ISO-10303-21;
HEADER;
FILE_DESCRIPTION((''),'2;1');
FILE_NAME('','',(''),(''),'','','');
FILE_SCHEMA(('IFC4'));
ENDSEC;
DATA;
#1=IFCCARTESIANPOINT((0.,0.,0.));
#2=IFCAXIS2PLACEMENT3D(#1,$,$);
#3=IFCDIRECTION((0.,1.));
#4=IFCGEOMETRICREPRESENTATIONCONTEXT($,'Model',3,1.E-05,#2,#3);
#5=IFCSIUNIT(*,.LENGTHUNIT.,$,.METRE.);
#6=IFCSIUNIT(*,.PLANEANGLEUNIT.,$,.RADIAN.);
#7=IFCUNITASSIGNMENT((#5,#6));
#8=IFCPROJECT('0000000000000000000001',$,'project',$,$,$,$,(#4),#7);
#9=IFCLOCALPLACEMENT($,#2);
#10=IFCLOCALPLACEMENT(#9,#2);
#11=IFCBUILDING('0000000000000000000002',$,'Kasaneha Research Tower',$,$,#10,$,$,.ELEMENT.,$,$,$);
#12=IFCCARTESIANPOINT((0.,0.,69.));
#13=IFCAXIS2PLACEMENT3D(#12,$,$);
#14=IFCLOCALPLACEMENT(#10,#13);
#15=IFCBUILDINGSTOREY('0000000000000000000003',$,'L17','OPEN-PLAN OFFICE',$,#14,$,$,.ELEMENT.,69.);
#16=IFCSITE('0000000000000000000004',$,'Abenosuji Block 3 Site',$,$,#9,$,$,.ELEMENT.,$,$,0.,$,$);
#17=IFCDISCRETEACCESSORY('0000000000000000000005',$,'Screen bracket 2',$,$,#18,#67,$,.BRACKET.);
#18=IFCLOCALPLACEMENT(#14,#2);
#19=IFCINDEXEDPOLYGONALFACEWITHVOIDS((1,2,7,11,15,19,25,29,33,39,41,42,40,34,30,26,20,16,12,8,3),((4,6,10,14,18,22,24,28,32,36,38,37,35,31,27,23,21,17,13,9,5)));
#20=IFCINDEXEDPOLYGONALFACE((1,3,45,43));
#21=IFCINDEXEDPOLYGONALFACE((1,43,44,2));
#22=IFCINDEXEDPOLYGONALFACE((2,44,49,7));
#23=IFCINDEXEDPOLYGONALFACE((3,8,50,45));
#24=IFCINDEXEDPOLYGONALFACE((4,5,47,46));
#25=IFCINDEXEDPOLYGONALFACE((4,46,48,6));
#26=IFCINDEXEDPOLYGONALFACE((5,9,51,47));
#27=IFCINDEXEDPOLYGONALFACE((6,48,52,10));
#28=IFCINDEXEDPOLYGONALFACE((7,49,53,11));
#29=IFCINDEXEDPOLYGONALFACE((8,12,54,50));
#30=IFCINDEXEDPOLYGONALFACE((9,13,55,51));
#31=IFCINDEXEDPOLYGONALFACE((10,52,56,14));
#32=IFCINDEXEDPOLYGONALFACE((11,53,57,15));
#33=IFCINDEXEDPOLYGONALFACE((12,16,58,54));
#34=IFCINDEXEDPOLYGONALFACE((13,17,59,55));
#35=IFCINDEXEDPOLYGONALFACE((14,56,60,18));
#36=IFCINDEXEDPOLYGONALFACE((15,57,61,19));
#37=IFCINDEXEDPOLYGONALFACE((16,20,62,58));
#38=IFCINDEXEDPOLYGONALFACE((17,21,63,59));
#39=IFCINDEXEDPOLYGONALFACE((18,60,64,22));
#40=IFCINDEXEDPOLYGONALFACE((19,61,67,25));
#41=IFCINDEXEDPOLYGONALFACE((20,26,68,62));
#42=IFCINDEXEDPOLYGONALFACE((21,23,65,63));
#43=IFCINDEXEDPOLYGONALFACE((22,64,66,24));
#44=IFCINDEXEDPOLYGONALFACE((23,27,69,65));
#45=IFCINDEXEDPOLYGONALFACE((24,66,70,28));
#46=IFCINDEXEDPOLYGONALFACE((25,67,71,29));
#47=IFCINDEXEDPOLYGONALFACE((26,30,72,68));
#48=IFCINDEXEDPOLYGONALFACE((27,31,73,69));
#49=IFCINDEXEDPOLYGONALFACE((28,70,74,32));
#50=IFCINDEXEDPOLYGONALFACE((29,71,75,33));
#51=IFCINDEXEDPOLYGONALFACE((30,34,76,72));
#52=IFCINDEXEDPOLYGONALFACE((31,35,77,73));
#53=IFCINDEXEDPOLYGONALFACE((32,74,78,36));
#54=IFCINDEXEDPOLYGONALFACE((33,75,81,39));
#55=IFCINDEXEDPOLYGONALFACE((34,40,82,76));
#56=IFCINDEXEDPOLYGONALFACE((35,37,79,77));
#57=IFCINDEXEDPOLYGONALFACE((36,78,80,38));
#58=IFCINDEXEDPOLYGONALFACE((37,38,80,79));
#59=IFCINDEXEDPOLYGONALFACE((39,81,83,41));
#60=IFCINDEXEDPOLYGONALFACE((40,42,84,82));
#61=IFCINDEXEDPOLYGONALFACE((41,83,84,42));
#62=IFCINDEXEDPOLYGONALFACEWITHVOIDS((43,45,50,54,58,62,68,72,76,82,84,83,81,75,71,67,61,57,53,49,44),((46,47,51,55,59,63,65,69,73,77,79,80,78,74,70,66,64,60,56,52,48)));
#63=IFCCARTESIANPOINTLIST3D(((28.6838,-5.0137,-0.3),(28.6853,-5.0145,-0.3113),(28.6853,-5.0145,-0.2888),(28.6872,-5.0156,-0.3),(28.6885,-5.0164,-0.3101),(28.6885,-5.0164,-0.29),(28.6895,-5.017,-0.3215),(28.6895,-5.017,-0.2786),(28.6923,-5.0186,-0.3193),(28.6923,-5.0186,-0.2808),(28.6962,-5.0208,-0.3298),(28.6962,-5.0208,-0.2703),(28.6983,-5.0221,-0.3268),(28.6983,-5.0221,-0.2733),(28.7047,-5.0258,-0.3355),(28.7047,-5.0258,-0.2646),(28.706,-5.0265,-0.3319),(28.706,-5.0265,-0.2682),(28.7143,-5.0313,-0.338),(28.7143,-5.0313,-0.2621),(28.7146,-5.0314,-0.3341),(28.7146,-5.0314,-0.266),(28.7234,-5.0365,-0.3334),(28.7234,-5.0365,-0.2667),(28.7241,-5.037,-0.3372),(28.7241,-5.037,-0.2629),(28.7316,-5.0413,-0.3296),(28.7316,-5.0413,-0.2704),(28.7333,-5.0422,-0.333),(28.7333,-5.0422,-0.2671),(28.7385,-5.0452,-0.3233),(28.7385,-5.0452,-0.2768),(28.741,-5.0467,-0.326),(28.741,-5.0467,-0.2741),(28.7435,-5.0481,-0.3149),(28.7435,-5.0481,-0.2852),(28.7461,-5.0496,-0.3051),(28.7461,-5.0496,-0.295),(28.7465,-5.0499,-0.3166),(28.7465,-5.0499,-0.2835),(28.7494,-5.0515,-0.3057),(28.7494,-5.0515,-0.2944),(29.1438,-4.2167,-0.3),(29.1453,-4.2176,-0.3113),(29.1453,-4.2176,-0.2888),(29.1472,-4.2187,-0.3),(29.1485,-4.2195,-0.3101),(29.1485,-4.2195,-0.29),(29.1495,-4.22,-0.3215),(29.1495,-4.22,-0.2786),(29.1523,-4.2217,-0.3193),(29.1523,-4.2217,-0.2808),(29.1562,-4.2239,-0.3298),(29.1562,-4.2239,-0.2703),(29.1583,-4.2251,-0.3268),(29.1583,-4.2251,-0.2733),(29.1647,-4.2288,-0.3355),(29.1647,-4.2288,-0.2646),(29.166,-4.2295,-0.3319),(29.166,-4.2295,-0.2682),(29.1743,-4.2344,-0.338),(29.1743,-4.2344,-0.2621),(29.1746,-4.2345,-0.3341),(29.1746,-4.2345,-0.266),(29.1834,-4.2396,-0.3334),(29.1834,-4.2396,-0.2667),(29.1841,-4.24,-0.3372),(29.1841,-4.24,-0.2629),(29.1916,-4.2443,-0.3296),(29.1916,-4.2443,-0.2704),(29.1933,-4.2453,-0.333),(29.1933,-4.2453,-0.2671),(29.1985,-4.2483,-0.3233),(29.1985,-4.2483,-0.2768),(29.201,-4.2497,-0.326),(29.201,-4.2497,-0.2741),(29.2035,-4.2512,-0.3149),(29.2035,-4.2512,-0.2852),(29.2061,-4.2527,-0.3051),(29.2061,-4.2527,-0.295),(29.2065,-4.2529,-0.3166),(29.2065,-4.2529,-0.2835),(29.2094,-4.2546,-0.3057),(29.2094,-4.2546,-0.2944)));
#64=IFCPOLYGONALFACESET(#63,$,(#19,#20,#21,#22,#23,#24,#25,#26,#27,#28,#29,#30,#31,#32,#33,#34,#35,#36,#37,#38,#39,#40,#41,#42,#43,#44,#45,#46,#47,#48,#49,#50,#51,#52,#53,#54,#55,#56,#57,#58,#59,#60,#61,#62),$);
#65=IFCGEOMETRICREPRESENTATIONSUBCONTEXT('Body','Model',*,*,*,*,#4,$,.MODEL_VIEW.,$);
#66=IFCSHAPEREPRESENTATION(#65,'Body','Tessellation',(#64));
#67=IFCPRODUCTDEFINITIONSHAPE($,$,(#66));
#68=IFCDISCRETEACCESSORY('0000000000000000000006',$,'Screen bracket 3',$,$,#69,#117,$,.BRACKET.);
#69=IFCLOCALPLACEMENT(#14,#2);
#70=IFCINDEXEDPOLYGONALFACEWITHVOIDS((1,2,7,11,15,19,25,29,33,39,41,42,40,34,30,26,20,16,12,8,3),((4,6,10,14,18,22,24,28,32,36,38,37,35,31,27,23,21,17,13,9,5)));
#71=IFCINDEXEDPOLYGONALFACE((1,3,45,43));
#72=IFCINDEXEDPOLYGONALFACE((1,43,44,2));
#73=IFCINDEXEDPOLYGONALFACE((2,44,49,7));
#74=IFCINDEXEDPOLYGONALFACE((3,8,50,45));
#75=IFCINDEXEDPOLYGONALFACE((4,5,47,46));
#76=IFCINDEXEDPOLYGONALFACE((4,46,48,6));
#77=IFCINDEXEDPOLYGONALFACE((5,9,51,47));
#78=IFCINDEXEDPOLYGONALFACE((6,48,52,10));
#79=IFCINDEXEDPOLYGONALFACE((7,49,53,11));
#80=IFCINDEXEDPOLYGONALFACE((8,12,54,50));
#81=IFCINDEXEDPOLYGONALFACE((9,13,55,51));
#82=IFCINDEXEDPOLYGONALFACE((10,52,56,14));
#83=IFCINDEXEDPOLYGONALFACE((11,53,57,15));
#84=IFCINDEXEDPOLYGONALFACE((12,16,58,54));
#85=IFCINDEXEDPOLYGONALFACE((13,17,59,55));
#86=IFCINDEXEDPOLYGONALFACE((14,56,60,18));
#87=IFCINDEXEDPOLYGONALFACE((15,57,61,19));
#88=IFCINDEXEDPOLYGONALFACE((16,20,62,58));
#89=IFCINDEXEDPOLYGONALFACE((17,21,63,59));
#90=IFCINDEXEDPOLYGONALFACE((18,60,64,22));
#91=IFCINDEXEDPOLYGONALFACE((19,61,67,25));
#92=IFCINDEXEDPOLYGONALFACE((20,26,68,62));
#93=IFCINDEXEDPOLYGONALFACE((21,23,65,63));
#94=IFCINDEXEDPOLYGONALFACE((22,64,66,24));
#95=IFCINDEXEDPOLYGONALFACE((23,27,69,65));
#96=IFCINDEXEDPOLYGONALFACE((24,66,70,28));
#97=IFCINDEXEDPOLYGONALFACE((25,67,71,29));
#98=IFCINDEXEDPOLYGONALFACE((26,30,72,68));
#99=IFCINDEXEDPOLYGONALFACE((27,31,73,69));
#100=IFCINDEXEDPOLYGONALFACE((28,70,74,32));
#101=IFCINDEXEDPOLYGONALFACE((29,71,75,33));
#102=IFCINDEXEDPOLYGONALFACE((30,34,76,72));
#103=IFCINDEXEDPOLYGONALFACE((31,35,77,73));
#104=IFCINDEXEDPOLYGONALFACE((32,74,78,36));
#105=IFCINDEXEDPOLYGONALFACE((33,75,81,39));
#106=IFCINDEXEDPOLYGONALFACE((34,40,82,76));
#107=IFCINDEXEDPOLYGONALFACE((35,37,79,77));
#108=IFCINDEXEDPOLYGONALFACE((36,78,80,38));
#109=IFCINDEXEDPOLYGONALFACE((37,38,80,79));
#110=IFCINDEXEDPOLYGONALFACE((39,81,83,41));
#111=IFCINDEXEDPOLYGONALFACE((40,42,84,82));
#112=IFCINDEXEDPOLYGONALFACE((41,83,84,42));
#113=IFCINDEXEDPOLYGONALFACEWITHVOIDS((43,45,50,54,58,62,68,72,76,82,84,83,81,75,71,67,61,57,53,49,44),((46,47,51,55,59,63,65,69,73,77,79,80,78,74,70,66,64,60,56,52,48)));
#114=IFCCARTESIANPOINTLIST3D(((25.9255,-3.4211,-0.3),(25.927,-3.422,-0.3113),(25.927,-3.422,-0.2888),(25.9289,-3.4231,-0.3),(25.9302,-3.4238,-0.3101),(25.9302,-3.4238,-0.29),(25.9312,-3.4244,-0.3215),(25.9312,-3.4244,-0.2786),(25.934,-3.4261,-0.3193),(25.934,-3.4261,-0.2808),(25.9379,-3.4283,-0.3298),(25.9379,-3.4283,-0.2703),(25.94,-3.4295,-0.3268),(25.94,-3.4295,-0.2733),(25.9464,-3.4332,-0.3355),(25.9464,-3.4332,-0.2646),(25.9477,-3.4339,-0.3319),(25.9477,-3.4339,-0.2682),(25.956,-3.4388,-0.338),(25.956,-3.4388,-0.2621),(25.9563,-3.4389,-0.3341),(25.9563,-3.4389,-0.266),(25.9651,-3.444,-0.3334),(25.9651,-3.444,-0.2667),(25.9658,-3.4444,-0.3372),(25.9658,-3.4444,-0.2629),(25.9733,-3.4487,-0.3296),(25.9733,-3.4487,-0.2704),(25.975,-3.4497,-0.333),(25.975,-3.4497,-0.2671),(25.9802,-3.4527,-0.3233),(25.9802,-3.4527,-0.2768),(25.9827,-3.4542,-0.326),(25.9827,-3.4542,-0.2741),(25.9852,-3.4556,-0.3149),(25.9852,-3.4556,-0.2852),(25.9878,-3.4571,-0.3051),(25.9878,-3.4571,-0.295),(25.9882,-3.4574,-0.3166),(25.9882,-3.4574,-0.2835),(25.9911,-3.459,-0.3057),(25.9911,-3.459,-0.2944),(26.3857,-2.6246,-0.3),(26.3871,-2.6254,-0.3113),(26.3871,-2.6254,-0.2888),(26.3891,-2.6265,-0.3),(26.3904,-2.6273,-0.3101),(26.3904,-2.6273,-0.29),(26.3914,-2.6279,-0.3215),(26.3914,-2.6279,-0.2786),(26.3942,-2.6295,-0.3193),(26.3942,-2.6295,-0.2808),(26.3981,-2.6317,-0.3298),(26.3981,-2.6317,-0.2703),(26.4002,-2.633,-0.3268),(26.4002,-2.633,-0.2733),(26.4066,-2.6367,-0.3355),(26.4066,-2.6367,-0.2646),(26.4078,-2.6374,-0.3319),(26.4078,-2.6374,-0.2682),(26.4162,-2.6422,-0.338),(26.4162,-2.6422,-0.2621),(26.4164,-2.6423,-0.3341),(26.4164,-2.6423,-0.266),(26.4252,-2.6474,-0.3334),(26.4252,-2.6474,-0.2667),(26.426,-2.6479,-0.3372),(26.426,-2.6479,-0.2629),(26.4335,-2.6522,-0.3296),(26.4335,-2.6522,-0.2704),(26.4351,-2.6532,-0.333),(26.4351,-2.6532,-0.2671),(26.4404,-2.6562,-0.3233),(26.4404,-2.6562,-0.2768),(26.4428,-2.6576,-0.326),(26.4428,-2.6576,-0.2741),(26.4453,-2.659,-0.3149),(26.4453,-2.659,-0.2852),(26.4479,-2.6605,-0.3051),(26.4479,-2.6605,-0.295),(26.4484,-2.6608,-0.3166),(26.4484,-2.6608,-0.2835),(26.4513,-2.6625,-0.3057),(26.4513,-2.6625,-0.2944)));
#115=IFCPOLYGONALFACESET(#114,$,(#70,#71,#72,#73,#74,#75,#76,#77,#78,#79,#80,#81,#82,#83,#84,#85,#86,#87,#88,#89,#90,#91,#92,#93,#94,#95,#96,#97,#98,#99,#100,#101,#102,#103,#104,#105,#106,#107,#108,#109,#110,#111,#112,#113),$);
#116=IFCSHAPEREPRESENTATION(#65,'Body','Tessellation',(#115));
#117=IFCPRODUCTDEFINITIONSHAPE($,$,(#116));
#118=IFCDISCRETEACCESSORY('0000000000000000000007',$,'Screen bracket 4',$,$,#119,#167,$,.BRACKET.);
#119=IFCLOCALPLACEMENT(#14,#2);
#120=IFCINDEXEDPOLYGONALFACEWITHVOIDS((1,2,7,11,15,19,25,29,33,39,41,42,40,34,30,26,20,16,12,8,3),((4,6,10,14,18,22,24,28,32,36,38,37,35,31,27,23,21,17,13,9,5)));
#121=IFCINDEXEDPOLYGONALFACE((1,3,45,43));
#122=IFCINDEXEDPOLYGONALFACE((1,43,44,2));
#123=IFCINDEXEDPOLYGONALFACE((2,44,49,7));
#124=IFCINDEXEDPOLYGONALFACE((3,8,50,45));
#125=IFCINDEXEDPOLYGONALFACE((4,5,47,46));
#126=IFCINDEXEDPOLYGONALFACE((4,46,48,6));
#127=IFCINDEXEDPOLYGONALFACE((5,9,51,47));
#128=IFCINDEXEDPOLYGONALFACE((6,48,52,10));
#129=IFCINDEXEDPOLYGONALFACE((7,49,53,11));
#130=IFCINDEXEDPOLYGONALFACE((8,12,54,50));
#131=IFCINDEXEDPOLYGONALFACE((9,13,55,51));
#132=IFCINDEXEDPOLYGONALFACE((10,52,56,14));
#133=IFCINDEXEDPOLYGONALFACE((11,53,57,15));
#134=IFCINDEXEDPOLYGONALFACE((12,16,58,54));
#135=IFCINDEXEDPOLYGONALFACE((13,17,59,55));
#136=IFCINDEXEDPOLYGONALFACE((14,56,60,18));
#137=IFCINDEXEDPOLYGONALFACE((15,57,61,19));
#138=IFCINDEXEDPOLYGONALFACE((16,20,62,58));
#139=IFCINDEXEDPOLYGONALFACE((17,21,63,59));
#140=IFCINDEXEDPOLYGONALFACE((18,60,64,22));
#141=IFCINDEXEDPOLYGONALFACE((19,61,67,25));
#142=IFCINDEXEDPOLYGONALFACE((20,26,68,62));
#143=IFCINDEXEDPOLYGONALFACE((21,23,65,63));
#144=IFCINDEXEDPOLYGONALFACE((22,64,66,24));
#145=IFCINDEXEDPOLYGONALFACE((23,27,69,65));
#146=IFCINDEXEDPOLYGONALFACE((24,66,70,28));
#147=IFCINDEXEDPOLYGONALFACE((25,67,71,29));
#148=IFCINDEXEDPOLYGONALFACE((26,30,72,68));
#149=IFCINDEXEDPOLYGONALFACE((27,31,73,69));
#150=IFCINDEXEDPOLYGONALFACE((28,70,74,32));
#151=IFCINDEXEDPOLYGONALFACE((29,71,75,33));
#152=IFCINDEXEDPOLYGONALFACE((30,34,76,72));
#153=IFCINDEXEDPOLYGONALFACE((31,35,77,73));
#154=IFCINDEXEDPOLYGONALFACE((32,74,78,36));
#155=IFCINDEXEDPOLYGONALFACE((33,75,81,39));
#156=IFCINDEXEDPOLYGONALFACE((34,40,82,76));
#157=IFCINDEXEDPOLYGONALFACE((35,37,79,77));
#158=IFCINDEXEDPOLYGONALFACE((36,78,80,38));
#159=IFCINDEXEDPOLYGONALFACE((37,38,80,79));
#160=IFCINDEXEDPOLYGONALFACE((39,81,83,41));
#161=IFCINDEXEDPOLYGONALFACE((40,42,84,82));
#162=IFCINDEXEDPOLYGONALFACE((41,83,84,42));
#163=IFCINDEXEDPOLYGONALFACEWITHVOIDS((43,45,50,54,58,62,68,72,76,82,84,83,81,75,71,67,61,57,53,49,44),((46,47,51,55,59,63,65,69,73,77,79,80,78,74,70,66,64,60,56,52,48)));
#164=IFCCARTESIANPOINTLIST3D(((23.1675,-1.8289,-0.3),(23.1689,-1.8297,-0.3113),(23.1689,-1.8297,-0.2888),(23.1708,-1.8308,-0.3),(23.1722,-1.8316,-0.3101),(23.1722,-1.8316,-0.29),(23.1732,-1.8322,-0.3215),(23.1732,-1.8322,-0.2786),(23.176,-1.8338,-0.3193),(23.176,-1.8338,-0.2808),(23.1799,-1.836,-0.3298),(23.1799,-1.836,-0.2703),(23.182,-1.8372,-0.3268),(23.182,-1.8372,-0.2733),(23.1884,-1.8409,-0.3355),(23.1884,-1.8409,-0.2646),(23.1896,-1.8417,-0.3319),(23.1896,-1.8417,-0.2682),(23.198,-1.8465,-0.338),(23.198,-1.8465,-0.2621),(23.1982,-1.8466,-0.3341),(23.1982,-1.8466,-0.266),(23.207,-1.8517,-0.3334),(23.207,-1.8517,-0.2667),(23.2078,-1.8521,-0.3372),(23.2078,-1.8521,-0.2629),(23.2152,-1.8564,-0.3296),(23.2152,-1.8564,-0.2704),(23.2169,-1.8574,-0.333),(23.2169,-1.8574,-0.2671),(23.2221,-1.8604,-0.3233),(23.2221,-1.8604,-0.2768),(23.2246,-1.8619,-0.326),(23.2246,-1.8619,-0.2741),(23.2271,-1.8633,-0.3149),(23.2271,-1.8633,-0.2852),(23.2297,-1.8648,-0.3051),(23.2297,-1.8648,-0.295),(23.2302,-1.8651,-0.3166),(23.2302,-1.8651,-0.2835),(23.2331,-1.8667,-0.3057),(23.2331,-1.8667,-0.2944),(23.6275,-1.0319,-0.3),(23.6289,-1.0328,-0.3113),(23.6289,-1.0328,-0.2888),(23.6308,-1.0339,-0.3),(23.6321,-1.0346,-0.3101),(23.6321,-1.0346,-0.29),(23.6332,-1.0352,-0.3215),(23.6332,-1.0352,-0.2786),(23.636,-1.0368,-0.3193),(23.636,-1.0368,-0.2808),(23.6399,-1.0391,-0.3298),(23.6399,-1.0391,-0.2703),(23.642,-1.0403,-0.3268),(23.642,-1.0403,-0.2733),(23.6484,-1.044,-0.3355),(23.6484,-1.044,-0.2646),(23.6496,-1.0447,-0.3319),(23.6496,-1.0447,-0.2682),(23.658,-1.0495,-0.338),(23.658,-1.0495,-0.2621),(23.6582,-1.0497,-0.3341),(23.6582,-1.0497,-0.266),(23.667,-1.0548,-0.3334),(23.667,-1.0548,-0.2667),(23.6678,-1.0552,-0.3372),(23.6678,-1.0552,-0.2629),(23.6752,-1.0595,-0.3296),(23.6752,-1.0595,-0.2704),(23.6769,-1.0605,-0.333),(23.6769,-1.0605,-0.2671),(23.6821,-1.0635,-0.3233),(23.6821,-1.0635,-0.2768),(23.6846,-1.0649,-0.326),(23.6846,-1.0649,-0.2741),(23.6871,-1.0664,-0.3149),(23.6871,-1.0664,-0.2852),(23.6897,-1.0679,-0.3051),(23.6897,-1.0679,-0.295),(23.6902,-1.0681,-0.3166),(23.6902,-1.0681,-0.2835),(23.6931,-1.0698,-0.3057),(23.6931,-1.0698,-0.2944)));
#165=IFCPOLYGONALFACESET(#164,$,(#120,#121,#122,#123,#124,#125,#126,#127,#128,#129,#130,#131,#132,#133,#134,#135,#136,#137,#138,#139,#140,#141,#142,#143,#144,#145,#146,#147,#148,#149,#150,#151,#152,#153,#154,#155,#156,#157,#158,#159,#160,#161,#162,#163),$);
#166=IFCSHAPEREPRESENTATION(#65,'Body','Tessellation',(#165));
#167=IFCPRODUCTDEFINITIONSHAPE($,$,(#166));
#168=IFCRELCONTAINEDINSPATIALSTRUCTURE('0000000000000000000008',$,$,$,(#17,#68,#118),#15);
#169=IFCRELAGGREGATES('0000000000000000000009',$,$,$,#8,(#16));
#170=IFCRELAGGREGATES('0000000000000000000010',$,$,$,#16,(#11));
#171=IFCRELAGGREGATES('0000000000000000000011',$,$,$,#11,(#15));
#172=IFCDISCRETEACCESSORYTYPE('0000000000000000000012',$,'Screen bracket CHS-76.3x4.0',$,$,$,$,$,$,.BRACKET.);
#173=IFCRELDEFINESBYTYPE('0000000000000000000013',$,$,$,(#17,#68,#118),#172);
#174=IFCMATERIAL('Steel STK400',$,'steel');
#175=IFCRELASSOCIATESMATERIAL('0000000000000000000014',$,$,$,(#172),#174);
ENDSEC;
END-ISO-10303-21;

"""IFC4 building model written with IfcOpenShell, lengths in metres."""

from ifc_helpers import new_model, si_unit, direction, frame, origin, origin_2d, place, context, subcontext, project, spatial, hollow_circle, extrude, material, material_profile, profile_set, type_object, element, save


model = new_model("IFC4")

# Units and contexts
model_context = context("Model", 3, precision=1e-05, world=origin(), true_north=direction((0.0, 1.0)))
body_context = subcontext(model_context, "Body", "Model", "MODEL_VIEW")
ifc_project = project(units=[si_unit("LENGTHUNIT", "METRE"), si_unit("PLANEANGLEUNIT", "RADIAN")], contexts=[model_context])

# Site, building, storey
site_placement = place(None, origin())
site = spatial("IfcSite", under=ifc_project, at=site_placement, Name="Abenosuji Block 3 Site", CompositionType="ELEMENT", RefElevation=0.0)
building_placement = place(site_placement, origin())
building = spatial("IfcBuilding", under=site, at=building_placement, Name="Kasaneha Research Tower", CompositionType="ELEMENT")
storey_placement = place(building_placement, frame((0.0, 0.0, 69.0)))
storey = spatial("IfcBuildingStorey", under=building, at=storey_placement, Name="L17", Description="OPEN-PLAN OFFICE", CompositionType="ELEMENT", Elevation=69.0)

# Discrete accessories
ifc_material_1 = material(Name="Steel STK400", Category="steel")
ifc_material_profile_1 = material_profile(ifc_material_1, hollow_circle(Radius=0.0381, WallThickness=0.0039, at=origin_2d()), Name="CHS-76.3x4.0")
ifc_profile_set_1 = profile_set([ifc_material_profile_1], Name="Steel STK400")
discrete_accessory_type = type_object("IfcDiscreteAccessoryType", Name="Screen bracket CHS-76.3x4.0", PredefinedType="BRACKET", material=ifc_profile_set_1)
discrete_accessory_1_placement = place(storey_placement, frame((28.7168, -5.0327, -0.3), z_axis=(0.499906, 0.86608, 0.0), x_axis=(-0.86608, 0.499906, 0.0)))
element("IfcDiscreteAccessory", 1, at=discrete_accessory_1_placement, inside=storey, type_object=discrete_accessory_type, Name="Screen bracket 2", PredefinedType="BRACKET", context=body_context, shape_type="SweptSolid", body=[
    extrude(hollow_circle(Radius=0.0381, WallThickness=0.0039, at=origin_2d()), origin(), (0.0, 0.0, 1.0), 0.9202),
])
discrete_accessory_2_placement = place(storey_placement, frame((25.9585, -3.4402, -0.3), z_axis=(0.50022, 0.865898, 0.0), x_axis=(-0.865898, 0.50022, 0.0)))
element("IfcDiscreteAccessory", 2, at=discrete_accessory_2_placement, inside=storey, type_object=discrete_accessory_type, Name="Screen bracket 3", PredefinedType="BRACKET", context=body_context, shape_type="SweptSolid", body=[
    extrude(hollow_circle(Radius=0.0381, WallThickness=0.0039, at=origin_2d()), origin(), (0.0, 0.0, 1.0), 0.9199),
])
discrete_accessory_3_placement = place(storey_placement, frame((23.2004, -1.8479, -0.3), z_axis=(0.499906, 0.86608, 0.0), x_axis=(-0.86608, 0.499906, 0.0)))
element("IfcDiscreteAccessory", 3, at=discrete_accessory_3_placement, inside=storey, type_object=discrete_accessory_type, Name="Screen bracket 4", PredefinedType="BRACKET", context=body_context, shape_type="SweptSolid", body=[
    extrude(hollow_circle(Radius=0.0381, WallThickness=0.0039, at=origin_2d()), origin(), (0.0, 0.0, 1.0), 0.9202),
])

save(model, "model.ifc")
